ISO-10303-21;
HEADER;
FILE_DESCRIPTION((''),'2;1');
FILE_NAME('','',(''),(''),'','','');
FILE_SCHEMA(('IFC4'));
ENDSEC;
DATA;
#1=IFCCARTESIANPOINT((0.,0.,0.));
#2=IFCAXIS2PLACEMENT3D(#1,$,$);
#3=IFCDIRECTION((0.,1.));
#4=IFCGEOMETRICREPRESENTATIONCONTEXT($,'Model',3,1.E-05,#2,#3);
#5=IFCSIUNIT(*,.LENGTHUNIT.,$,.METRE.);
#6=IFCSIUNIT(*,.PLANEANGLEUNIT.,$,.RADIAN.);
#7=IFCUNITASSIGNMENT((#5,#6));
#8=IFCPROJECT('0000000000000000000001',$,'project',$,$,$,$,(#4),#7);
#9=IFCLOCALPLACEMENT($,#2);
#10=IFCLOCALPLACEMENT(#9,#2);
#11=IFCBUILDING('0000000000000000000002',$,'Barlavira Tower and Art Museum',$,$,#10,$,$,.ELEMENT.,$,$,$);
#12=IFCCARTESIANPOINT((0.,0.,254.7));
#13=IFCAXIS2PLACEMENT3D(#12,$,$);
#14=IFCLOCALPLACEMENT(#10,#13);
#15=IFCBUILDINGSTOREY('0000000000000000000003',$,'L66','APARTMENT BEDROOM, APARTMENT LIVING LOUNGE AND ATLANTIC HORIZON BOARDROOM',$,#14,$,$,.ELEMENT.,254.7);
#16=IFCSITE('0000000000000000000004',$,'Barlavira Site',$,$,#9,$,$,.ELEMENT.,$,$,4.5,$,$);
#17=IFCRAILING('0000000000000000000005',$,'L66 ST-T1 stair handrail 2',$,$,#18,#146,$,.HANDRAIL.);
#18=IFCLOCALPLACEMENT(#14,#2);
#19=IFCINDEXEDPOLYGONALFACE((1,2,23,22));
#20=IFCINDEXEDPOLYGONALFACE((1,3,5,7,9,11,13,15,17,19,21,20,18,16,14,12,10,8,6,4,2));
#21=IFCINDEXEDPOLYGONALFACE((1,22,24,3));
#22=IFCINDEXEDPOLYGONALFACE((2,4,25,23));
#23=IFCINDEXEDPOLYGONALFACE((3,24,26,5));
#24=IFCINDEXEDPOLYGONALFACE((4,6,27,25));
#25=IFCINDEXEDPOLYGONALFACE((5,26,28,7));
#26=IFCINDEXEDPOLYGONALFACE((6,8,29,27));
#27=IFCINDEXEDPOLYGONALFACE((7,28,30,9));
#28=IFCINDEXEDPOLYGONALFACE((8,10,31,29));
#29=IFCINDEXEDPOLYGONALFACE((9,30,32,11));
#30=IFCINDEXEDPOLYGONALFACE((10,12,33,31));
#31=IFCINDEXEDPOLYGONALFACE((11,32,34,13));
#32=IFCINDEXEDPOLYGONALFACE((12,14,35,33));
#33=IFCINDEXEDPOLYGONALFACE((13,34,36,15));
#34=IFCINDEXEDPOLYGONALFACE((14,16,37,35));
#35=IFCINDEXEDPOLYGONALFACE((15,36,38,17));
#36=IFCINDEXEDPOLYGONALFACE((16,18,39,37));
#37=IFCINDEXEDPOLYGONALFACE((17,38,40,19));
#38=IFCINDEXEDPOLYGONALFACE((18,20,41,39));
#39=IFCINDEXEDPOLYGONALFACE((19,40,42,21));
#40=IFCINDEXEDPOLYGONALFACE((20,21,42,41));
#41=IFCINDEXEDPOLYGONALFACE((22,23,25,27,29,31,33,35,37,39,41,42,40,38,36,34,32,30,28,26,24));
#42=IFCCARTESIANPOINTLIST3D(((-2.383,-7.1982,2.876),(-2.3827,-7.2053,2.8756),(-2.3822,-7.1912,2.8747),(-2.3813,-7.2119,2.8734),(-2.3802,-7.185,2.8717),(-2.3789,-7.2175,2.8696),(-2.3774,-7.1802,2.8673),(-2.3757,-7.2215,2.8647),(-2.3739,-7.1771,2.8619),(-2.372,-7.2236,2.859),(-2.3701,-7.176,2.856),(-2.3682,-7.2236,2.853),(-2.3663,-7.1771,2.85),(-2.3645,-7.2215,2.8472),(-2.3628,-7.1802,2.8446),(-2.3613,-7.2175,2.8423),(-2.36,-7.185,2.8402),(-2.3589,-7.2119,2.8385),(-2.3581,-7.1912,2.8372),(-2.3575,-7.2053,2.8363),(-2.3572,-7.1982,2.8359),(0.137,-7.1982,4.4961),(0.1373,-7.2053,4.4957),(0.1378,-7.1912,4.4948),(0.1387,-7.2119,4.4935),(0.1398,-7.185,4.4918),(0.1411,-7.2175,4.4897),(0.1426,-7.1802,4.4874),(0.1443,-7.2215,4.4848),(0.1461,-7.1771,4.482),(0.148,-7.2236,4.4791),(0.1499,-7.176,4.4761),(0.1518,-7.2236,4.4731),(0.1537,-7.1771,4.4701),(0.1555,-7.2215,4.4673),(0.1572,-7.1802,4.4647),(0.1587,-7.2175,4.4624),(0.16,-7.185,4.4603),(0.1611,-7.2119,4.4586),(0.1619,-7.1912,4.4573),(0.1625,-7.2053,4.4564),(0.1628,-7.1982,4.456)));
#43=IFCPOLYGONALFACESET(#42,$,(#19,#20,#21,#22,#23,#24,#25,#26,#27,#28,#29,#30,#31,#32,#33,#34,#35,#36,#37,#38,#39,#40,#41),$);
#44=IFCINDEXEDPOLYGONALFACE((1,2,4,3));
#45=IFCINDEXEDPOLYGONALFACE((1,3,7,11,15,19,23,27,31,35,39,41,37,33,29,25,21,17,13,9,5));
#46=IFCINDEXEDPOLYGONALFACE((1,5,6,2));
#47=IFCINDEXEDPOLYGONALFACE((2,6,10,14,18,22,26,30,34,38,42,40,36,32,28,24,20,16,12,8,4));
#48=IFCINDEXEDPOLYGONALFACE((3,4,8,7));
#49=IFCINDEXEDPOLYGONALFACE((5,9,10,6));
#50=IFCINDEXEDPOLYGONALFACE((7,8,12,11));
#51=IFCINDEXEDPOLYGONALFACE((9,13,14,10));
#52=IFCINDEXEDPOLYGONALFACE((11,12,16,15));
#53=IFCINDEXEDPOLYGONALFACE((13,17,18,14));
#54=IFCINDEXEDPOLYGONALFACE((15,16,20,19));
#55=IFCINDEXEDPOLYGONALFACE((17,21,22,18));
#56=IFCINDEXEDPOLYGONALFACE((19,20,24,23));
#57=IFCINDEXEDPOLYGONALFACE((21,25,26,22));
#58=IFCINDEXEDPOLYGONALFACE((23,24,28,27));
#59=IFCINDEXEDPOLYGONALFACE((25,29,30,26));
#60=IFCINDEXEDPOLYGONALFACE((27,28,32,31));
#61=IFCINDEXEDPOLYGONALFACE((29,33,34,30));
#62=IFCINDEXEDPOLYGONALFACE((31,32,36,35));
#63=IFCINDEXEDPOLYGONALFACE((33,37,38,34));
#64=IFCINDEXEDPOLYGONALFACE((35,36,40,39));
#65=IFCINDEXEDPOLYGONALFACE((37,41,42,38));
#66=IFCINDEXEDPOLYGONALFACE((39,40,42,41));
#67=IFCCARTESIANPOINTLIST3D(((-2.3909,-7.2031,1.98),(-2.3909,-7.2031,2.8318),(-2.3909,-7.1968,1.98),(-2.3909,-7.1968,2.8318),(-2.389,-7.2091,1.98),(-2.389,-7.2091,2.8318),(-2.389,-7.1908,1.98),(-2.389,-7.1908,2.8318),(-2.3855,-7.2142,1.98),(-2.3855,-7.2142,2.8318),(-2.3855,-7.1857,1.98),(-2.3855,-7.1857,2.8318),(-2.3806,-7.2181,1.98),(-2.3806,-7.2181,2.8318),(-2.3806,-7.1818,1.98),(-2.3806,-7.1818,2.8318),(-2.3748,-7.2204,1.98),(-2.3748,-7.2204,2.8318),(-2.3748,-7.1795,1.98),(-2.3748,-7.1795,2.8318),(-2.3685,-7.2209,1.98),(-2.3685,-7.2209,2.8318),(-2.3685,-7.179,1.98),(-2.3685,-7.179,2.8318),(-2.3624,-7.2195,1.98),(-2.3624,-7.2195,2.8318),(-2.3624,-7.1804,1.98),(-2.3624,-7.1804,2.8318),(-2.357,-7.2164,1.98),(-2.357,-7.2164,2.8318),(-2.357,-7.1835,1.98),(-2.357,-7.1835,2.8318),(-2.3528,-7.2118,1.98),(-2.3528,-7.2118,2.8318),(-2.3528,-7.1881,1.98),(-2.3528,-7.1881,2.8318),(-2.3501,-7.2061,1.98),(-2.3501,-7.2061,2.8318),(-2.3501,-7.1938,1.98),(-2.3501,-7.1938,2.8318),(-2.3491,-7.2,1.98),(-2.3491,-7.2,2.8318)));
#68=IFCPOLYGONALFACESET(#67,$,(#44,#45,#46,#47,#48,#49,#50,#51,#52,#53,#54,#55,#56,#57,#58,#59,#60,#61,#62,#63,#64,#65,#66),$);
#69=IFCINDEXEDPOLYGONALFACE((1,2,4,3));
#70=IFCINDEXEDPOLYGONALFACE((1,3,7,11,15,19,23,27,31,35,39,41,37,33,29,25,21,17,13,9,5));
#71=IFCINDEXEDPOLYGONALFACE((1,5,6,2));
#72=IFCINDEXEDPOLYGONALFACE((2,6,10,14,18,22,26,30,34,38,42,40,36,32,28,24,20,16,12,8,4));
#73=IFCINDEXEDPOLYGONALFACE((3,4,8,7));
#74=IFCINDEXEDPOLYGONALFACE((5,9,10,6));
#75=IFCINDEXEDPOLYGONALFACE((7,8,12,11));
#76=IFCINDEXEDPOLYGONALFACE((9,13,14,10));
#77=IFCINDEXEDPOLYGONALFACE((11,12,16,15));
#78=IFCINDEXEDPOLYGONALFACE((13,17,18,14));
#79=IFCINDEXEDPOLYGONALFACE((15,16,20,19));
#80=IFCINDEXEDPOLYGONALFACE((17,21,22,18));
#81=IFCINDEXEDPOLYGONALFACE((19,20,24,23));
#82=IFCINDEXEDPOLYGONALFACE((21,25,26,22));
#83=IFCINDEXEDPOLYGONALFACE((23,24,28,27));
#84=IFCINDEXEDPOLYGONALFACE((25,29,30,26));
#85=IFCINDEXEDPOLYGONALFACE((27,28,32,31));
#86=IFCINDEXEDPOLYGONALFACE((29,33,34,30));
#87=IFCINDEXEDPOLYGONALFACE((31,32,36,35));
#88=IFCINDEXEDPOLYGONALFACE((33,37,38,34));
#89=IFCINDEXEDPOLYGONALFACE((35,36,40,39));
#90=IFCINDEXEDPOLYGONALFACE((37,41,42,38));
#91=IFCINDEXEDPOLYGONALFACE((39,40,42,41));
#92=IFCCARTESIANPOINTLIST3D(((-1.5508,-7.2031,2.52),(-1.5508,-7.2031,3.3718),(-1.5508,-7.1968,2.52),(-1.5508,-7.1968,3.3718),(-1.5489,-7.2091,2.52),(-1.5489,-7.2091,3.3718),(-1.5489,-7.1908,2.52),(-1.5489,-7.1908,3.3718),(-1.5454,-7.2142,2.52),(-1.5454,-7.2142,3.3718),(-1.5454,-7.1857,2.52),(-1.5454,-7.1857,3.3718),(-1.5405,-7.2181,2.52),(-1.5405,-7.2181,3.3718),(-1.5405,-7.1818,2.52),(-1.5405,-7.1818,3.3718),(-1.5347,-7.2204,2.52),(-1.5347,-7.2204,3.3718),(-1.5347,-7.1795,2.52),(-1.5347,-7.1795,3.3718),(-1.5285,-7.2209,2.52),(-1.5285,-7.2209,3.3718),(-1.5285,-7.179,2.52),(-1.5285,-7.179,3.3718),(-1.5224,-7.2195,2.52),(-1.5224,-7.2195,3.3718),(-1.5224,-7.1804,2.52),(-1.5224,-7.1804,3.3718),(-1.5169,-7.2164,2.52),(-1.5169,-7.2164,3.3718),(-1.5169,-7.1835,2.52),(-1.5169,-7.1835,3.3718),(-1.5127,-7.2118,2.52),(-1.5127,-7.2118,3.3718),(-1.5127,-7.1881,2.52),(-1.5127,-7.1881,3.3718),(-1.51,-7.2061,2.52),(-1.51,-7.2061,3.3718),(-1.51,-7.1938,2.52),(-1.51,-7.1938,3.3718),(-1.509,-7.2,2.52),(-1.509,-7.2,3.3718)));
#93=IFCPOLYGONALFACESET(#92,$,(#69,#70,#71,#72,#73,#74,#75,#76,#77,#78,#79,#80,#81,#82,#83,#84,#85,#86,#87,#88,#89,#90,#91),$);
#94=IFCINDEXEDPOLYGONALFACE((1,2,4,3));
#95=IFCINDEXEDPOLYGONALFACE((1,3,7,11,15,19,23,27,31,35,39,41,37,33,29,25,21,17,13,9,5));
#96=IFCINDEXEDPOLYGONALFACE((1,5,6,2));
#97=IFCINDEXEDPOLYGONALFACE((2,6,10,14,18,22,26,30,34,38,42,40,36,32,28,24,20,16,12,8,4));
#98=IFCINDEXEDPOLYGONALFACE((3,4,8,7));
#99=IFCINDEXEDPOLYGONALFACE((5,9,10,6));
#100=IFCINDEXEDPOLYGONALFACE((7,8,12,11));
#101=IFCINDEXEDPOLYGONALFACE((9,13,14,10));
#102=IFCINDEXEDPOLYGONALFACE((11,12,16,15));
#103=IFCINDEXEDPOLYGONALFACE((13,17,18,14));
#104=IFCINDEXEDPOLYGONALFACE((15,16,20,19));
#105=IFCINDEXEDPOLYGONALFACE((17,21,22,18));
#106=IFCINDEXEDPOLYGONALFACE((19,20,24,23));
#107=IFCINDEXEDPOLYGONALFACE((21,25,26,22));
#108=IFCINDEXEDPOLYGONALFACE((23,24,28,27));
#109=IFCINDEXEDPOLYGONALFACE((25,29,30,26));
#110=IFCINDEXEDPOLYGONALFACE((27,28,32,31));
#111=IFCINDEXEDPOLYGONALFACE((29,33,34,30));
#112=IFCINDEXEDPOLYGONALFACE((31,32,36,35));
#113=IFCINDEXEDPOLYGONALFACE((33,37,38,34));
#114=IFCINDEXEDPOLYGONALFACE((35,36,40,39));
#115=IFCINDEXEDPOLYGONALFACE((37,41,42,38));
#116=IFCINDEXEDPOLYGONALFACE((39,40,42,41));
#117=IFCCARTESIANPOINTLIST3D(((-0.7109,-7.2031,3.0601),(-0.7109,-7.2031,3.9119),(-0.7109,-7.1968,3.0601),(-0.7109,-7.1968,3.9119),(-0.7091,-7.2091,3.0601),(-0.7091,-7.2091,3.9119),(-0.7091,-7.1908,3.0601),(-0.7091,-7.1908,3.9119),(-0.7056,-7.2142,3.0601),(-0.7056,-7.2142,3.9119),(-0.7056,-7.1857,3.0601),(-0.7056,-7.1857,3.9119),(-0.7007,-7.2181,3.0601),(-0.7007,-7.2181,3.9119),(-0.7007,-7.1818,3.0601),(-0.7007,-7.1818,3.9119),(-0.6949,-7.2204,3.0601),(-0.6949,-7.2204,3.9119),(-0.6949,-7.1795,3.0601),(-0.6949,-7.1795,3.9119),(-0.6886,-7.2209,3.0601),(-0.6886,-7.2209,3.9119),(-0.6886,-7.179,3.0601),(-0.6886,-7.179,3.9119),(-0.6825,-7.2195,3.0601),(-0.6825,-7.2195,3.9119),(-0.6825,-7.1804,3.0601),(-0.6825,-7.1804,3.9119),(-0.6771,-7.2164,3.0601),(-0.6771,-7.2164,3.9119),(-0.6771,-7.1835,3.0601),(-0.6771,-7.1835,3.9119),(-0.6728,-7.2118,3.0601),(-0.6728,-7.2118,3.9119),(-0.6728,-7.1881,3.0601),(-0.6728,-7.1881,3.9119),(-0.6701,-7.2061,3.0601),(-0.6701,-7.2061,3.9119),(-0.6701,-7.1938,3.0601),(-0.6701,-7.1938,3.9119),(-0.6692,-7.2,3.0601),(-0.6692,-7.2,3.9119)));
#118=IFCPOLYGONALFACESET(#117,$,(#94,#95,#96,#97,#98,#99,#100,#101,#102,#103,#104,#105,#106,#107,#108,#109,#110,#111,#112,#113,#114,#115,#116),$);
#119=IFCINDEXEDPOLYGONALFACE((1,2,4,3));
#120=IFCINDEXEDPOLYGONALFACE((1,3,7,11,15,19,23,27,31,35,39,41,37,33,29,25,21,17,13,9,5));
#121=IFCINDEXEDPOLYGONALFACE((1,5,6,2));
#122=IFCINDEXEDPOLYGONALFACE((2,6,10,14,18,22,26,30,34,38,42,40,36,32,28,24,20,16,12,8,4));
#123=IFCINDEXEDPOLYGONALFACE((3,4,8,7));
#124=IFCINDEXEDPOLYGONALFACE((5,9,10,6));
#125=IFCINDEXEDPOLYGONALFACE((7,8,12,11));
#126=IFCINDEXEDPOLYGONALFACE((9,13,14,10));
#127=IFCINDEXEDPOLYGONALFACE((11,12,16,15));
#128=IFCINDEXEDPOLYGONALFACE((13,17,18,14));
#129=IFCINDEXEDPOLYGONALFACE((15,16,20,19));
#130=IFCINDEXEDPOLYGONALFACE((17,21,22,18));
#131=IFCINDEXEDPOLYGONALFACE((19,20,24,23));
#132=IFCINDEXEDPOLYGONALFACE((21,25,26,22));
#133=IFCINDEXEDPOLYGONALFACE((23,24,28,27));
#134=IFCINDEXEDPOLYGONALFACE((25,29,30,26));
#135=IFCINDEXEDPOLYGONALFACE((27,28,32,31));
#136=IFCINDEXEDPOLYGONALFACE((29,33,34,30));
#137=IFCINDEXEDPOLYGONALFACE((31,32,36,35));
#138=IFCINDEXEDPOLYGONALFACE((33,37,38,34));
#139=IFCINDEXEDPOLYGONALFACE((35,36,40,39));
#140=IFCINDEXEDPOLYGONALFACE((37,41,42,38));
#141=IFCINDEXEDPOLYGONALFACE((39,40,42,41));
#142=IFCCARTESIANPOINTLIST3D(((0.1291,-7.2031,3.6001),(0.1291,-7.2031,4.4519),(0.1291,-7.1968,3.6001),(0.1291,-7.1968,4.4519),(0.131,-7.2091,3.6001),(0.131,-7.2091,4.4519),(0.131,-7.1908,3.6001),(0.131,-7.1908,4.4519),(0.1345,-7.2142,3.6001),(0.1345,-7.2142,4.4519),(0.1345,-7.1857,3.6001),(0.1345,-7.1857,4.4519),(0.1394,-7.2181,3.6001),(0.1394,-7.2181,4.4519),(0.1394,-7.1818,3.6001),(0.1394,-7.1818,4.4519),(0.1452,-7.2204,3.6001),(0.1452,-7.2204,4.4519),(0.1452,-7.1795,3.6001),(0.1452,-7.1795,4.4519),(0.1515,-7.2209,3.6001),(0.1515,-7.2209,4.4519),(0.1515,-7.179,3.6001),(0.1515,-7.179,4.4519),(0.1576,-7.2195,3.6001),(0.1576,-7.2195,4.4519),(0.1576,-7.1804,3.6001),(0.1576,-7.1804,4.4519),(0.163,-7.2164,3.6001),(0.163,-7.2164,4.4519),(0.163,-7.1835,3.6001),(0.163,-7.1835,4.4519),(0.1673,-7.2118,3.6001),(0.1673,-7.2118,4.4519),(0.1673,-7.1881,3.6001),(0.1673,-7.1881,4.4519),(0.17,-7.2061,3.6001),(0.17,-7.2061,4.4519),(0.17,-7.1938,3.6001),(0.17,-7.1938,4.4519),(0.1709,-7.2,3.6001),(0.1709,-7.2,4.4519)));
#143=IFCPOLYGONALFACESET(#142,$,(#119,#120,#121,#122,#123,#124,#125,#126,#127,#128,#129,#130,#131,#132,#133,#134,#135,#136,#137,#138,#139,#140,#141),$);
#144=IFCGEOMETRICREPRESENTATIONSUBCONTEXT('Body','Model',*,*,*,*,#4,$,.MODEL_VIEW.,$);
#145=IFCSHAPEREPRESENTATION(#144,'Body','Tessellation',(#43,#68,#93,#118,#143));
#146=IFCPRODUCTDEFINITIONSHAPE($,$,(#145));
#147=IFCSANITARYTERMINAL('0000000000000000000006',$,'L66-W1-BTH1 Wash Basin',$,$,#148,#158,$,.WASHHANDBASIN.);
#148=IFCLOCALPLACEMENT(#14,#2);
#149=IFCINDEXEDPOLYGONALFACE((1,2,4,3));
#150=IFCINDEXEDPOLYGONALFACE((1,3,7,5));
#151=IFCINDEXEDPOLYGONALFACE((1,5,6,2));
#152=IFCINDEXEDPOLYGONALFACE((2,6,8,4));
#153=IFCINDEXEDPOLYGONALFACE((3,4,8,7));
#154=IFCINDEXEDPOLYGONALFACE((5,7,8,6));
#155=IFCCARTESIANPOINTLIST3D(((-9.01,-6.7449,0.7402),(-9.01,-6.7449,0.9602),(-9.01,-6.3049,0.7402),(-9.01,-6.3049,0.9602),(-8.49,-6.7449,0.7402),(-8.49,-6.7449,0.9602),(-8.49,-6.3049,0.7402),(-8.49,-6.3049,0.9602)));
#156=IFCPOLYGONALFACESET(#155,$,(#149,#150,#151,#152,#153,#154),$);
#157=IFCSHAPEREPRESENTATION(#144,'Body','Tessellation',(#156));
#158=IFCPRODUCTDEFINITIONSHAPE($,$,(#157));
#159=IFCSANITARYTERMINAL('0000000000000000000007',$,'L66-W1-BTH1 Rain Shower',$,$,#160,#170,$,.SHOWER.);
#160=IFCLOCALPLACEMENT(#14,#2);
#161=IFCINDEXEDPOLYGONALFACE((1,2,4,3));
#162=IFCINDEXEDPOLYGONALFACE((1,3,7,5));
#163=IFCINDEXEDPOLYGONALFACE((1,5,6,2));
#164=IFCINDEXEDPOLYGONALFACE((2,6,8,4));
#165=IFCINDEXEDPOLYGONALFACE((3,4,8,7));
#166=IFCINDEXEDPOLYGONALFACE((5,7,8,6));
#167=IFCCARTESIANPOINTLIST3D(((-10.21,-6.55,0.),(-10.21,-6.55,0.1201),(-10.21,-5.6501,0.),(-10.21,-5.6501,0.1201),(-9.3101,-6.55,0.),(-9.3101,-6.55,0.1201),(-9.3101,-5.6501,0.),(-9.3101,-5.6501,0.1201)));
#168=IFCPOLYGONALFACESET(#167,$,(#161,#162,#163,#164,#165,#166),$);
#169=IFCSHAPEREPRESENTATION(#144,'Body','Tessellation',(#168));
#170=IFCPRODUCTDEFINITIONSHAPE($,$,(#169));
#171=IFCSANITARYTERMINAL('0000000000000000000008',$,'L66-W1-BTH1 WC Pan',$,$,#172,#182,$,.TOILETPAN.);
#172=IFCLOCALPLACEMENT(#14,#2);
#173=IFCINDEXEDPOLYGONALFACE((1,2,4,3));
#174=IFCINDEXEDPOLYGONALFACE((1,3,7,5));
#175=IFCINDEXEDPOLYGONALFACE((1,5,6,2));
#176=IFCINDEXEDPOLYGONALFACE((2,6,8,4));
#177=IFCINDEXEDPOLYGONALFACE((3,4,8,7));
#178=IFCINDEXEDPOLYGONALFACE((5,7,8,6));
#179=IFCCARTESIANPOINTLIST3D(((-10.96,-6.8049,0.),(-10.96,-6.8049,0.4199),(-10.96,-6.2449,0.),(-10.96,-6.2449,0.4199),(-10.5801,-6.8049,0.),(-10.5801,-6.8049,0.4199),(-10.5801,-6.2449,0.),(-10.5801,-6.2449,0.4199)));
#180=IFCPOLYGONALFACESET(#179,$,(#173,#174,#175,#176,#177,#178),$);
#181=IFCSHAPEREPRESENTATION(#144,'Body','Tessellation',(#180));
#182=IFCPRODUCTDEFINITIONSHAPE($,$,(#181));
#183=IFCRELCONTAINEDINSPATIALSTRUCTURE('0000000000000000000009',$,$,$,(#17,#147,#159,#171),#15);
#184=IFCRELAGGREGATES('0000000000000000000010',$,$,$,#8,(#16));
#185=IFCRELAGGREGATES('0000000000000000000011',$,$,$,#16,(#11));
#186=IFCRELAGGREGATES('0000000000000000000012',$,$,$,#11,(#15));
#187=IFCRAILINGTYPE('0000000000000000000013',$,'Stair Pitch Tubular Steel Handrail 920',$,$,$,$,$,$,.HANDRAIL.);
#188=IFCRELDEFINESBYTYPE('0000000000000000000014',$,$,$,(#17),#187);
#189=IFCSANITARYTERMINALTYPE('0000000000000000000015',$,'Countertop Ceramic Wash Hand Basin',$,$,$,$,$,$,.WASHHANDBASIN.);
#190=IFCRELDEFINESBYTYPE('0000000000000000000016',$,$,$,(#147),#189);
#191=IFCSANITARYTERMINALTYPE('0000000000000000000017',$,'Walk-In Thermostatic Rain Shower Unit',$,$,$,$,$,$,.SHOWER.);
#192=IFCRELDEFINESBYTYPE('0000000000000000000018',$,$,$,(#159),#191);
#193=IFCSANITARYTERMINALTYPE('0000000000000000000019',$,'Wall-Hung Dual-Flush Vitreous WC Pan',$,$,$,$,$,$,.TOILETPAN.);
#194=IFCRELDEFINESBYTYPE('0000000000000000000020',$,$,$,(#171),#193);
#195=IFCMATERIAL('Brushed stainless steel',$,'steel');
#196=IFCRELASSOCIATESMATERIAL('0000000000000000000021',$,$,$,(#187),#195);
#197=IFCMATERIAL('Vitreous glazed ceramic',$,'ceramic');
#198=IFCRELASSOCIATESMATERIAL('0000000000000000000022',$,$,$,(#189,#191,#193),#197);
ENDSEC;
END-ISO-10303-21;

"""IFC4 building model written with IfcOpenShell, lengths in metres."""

from ifc_helpers import new_model, si_unit, direction, frame, origin, origin_2d, place, context, subcontext, project, spatial, rectangle, circle, extrude, material, type_object, element, save


model = new_model("IFC4")

# Units and contexts
model_context = context("Model", 3, precision=1e-05, world=origin(), true_north=direction((0.0, 1.0)))
body_context = subcontext(model_context, "Body", "Model", "MODEL_VIEW")
ifc_project = project(units=[si_unit("LENGTHUNIT", "METRE"), si_unit("PLANEANGLEUNIT", "RADIAN")], contexts=[model_context])

# Site, building, storey
site_placement = place(None, origin())
site = spatial("IfcSite", under=ifc_project, at=site_placement, Name="Barlavira Site", CompositionType="ELEMENT", RefElevation=4.5)
building_placement = place(site_placement, origin())
building = spatial("IfcBuilding", under=site, at=building_placement, Name="Barlavira Tower and Art Museum", CompositionType="ELEMENT")
storey_placement = place(building_placement, frame((0.0, 0.0, 254.7)))
storey = spatial("IfcBuildingStorey", under=building, at=storey_placement, Name="L66", Description="APARTMENT BEDROOM, APARTMENT LIVING LOUNGE AND ATLANTIC HORIZON BOARDROOM", CompositionType="ELEMENT", Elevation=254.7)

# Shared definitions
ifc_material_1 = material(Name="Brushed stainless steel", Category="steel")

# Railing
railing_type_1 = type_object("IfcRailingType", Name="Stair Pitch Tubular Steel Handrail 920", PredefinedType="HANDRAIL", material=ifc_material_1)
railing_1_placement = place(storey_placement, frame((-2.3701, -7.2, 1.98)))
element("IfcRailing", 1, at=railing_1_placement, inside=storey, type_object=railing_type_1, Name="L66 ST-T1 stair handrail 2", PredefinedType="HANDRAIL", context=body_context, shape_type="SweptSolid", body=[
    extrude(circle(Radius=0.0239, at=origin_2d()), frame((0.0, 0.0, 0.876), z_axis=(0.841163, 0.0, 0.540782), x_axis=(0.0, 1.0, 0.0)), (0.0, 0.0, 1.0), 2.9958),
    extrude(circle(Radius=0.021, at=origin_2d()), origin(), (0.0, 0.0, 1.0), 0.8518),
    extrude(circle(Radius=0.021, at=origin_2d()), frame((0.8401, 0.0, 0.54)), (0.0, 0.0, 1.0), 0.8518),
    extrude(circle(Radius=0.021, at=origin_2d()), frame((1.6799, 0.0, 1.0801)), (0.0, 0.0, 1.0), 0.8518),
    extrude(circle(Radius=0.021, at=origin_2d()), frame((2.52, 0.0, 1.6201)), (0.0, 0.0, 1.0), 0.8518),
])

# Sanitary terminals
ifc_material_2 = material(Name="Vitreous glazed ceramic", Category="ceramic")
sanitary_terminal_type_1 = type_object("IfcSanitaryTerminalType", Name="Countertop Ceramic Wash Hand Basin", PredefinedType="WASHHANDBASIN", material=ifc_material_2)
sanitary_terminal_1_placement = place(storey_placement, frame((-8.75, -6.5249, 0.7402), z_axis=(0.0, 0.0, 1.0), x_axis=(1.0, 0.0, 0.0)))
element("IfcSanitaryTerminal", 2, at=sanitary_terminal_1_placement, inside=storey, type_object=sanitary_terminal_type_1, Name="L66-W1-BTH1 Wash Basin", PredefinedType="WASHHANDBASIN", context=body_context, shape_type="SweptSolid", body=[
    extrude(rectangle(XDim=0.52, YDim=0.4399, at=origin_2d()), origin(), (0.0, 0.0, 1.0), 0.22),
])
sanitary_terminal_type_2 = type_object("IfcSanitaryTerminalType", Name="Walk-In Thermostatic Rain Shower Unit", PredefinedType="SHOWER", material=ifc_material_2)
sanitary_terminal_2_placement = place(storey_placement, frame((-9.76, -6.1001, 0.0), z_axis=(0.0, 0.0, 1.0), x_axis=(1.0, 0.0, 0.0)))
element("IfcSanitaryTerminal", 3, at=sanitary_terminal_2_placement, inside=storey, type_object=sanitary_terminal_type_2, Name="L66-W1-BTH1 Rain Shower", PredefinedType="SHOWER", context=body_context, shape_type="SweptSolid", body=[
    extrude(rectangle(XDim=0.8999, YDim=0.8999, at=origin_2d()), origin(), (0.0, 0.0, 1.0), 0.1201),
])
sanitary_terminal_type_3 = type_object("IfcSanitaryTerminalType", Name="Wall-Hung Dual-Flush Vitreous WC Pan", PredefinedType="TOILETPAN", material=ifc_material_2)
sanitary_terminal_3_placement = place(storey_placement, frame((-10.77, -6.5249, 0.0), z_axis=(0.0, 0.0, 1.0), x_axis=(1.0, 0.0, 0.0)))
element("IfcSanitaryTerminal", 4, at=sanitary_terminal_3_placement, inside=storey, type_object=sanitary_terminal_type_3, Name="L66-W1-BTH1 WC Pan", PredefinedType="TOILETPAN", context=body_context, shape_type="SweptSolid", body=[
    extrude(rectangle(XDim=0.3799, YDim=0.5601, at=origin_2d()), origin(), (0.0, 0.0, 1.0), 0.4199),
])

save(model, "model.ifc")
